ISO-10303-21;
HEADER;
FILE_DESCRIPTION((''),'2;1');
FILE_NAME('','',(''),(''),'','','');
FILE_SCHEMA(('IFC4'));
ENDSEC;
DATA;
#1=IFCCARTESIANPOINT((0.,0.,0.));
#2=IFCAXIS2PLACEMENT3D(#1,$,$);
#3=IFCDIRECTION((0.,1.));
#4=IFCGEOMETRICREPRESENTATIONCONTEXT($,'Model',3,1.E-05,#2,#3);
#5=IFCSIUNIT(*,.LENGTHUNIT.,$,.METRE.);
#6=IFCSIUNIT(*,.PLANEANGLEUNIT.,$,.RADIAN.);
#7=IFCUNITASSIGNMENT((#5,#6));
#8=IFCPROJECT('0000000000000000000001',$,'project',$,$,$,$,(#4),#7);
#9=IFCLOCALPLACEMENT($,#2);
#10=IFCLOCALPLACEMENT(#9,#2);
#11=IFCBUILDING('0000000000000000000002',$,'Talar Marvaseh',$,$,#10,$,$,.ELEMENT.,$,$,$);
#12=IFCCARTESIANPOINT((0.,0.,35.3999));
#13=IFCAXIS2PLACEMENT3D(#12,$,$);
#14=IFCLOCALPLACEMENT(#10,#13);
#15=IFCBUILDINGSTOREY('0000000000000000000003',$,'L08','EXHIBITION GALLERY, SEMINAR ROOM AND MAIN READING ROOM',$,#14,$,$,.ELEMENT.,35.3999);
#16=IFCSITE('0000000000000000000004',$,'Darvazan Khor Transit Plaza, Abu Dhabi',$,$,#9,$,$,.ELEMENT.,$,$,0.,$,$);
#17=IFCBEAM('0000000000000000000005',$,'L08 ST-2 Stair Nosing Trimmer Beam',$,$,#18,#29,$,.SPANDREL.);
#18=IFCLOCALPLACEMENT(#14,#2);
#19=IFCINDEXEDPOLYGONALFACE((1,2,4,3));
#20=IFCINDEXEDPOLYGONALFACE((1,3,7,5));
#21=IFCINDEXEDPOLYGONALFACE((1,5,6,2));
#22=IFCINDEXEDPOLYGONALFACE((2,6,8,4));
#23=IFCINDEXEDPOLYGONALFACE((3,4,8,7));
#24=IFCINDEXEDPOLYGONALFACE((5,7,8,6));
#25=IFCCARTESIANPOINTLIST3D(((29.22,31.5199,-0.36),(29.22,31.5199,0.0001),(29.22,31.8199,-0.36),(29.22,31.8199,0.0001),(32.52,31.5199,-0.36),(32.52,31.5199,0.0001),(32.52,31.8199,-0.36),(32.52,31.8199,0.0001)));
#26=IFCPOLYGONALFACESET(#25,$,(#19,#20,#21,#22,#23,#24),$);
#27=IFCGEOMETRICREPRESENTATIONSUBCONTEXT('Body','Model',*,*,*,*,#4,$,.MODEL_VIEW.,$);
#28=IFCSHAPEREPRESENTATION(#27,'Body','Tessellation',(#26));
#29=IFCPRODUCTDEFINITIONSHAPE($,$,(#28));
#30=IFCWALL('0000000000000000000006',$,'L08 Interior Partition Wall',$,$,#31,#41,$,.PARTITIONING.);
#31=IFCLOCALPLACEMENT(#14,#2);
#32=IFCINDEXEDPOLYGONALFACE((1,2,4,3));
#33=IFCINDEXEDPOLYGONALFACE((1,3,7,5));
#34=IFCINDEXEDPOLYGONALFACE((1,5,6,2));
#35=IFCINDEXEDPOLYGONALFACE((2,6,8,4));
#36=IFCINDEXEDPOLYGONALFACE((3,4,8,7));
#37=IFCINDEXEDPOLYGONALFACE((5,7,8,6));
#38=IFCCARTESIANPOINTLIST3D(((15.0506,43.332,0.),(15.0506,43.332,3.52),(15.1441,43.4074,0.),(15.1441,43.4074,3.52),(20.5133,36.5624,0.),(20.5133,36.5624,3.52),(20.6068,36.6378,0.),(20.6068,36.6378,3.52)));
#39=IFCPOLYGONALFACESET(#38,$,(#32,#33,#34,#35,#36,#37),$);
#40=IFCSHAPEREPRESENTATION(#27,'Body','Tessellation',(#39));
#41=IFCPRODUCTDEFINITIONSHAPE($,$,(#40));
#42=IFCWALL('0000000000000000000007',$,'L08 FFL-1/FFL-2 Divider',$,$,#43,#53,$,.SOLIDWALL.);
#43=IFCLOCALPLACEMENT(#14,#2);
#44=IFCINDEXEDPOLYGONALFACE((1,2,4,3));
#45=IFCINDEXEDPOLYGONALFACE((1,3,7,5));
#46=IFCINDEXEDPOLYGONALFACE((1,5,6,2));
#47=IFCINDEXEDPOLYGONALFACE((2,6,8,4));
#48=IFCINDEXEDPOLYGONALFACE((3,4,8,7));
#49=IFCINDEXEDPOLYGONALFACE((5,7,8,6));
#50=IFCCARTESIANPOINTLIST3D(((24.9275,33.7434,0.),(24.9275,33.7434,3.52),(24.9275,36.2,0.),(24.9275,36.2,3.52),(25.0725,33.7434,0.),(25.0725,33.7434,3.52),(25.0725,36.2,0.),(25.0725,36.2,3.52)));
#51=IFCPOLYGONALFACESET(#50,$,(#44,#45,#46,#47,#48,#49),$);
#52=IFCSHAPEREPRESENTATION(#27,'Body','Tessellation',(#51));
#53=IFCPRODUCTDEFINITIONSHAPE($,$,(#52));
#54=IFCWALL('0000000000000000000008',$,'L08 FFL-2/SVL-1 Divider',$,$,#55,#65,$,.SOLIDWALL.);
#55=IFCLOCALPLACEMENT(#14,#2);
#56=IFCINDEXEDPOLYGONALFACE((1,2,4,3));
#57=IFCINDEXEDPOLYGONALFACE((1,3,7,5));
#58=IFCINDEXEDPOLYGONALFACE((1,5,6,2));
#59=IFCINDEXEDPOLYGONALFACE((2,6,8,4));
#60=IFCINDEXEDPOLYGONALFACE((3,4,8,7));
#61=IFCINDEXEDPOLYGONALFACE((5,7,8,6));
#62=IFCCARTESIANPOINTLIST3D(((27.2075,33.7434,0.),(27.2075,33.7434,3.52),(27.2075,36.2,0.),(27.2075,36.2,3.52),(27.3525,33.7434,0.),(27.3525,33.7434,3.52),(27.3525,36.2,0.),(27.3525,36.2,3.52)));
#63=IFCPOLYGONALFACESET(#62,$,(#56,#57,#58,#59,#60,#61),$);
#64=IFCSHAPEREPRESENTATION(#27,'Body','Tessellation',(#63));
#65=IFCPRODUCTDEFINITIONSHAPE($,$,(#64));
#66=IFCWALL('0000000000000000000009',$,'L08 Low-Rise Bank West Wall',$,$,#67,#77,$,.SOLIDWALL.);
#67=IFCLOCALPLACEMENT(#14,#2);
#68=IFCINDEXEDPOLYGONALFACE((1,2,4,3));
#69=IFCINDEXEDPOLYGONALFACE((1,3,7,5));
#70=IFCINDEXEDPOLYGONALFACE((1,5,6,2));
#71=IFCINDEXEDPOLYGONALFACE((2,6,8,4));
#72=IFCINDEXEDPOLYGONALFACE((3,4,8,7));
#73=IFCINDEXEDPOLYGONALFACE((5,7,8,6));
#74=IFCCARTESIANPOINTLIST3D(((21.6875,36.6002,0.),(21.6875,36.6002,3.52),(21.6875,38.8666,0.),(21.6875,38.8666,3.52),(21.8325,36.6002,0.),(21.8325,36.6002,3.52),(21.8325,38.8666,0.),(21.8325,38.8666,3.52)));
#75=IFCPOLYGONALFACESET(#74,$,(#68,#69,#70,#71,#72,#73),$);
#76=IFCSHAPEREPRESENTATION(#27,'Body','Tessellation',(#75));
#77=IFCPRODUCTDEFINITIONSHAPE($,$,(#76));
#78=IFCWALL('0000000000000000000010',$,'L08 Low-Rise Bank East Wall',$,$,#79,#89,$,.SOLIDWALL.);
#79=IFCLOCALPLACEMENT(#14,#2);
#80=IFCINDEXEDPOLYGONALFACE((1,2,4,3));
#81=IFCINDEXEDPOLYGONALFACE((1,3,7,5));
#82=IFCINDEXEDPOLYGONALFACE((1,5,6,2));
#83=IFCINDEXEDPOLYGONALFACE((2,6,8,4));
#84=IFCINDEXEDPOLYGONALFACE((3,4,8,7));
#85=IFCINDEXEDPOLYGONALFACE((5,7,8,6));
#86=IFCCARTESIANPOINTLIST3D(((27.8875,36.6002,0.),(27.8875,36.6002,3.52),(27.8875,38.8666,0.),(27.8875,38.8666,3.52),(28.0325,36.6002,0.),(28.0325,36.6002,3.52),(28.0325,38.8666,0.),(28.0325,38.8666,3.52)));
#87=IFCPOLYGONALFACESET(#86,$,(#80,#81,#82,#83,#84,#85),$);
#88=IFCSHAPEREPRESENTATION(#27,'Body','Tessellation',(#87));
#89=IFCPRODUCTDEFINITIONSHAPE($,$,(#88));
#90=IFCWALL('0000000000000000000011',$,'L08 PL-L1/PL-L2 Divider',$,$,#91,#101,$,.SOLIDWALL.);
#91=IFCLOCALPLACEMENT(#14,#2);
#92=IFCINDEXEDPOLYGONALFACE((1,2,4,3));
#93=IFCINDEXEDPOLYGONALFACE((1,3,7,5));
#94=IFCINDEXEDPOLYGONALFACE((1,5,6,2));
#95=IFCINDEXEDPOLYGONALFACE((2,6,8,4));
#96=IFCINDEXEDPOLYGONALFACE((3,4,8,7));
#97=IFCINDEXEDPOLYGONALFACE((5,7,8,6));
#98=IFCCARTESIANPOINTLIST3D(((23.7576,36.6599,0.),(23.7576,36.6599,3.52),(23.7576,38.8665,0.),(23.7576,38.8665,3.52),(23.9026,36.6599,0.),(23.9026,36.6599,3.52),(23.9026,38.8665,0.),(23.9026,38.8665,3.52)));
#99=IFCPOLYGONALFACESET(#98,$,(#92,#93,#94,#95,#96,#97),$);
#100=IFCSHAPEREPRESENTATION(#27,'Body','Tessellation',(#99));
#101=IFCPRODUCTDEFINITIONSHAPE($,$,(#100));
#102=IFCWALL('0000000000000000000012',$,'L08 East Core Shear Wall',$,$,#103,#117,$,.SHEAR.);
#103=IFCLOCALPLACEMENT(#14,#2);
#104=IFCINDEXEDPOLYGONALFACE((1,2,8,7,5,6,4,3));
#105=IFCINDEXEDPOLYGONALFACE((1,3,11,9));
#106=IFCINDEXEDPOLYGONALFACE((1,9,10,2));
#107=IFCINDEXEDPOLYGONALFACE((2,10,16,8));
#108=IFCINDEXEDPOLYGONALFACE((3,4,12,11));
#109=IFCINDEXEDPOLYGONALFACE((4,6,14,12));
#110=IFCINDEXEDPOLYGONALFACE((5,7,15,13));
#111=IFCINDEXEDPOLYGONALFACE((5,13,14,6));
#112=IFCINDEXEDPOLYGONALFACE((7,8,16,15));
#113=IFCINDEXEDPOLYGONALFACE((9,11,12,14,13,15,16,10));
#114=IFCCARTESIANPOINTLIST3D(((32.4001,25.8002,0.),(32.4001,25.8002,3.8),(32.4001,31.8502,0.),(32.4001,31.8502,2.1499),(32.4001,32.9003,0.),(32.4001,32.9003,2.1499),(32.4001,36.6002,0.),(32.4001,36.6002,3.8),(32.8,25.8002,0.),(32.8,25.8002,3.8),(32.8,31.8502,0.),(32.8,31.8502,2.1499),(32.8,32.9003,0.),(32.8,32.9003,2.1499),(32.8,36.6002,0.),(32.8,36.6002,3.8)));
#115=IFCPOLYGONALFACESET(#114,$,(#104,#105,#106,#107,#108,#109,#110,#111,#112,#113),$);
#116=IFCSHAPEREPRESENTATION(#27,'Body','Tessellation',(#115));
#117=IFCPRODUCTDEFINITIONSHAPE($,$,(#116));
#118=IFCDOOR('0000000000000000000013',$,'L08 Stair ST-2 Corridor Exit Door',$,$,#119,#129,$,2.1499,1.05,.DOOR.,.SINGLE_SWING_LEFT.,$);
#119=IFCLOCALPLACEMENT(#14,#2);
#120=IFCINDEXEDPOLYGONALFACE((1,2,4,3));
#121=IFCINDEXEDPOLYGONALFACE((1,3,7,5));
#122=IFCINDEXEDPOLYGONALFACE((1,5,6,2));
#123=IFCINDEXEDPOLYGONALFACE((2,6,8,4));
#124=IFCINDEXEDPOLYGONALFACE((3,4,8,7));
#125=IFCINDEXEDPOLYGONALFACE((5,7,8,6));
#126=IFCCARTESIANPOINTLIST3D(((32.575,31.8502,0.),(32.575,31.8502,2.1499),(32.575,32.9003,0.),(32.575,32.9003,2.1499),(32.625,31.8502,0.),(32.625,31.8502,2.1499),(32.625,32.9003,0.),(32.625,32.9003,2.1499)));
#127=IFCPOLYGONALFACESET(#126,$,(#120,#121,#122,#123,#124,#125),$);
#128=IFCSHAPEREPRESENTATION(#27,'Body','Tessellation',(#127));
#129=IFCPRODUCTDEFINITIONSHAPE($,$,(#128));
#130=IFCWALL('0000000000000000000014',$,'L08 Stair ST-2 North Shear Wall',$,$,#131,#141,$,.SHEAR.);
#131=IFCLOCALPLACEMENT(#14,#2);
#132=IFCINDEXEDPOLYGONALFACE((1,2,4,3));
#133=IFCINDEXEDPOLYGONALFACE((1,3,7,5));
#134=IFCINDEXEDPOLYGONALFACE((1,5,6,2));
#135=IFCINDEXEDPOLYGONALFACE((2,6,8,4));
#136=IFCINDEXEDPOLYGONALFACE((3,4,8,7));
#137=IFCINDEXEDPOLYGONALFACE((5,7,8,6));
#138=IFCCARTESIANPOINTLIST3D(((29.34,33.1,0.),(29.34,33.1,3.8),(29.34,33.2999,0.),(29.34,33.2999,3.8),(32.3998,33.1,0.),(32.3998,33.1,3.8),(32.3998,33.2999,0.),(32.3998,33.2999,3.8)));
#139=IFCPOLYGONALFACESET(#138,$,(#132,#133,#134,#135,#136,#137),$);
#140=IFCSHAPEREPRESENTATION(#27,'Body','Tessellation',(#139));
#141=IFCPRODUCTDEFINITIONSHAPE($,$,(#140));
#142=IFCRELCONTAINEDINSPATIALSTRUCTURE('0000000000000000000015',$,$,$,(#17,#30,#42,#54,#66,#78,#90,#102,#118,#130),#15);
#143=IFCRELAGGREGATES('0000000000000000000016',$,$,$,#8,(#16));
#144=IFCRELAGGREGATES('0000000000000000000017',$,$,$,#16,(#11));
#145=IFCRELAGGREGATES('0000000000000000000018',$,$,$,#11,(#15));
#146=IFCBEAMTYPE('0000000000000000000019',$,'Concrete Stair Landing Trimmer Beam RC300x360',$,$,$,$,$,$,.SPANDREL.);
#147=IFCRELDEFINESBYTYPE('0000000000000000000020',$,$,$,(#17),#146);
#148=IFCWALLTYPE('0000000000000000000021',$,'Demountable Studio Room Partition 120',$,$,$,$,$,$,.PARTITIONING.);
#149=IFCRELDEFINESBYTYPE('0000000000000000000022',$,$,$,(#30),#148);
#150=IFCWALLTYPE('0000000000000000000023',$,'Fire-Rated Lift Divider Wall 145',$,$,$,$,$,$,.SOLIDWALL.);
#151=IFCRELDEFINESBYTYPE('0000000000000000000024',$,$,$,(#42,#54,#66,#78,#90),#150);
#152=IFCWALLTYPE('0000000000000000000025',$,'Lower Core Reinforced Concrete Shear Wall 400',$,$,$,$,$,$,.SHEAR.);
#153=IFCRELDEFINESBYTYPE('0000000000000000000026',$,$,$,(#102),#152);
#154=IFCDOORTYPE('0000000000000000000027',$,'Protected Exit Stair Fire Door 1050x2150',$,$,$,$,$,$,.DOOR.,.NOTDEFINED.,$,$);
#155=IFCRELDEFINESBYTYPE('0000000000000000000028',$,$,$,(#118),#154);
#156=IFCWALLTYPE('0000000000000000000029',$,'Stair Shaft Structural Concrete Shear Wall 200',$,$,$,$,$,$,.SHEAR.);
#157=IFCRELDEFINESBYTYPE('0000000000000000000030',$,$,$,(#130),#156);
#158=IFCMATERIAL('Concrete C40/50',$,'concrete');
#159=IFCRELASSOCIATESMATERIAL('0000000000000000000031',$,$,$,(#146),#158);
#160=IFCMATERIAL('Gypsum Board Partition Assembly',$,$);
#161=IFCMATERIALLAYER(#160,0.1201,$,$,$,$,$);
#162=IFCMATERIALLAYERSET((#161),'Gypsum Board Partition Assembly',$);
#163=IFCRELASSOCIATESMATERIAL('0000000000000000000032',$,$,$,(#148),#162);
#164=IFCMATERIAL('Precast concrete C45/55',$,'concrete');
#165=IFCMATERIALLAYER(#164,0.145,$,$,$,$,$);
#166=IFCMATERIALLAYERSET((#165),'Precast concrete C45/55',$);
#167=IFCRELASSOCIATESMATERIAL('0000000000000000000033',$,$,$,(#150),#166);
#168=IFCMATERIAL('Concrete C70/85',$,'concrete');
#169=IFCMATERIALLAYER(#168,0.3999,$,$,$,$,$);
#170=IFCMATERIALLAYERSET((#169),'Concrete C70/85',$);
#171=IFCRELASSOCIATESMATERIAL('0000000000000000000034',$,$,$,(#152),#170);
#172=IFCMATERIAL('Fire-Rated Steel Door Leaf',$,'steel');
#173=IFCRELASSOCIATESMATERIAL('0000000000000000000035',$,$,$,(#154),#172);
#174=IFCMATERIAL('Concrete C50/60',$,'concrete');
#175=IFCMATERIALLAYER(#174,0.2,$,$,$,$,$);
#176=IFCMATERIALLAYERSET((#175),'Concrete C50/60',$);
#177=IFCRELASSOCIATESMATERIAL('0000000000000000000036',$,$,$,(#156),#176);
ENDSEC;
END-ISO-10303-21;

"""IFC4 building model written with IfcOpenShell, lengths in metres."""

from ifc_helpers import new_model, si_unit, direction, frame, frame_2d, origin, origin_2d, place, context, subcontext, project, spatial, rectangle, extrude, source, transform, mapped, material, layer, layer_set, material_profile, profile_set, type_object, type_shapes, element, fill, save


model = new_model("IFC4")

# Units and contexts
model_context = context("Model", 3, precision=1e-05, world=origin(), true_north=direction((0.0, 1.0)))
body_context = subcontext(model_context, "Body", "Model", "MODEL_VIEW")
ifc_project = project(units=[si_unit("LENGTHUNIT", "METRE"), si_unit("PLANEANGLEUNIT", "RADIAN")], contexts=[model_context])

# Site, building, storey
site_placement = place(None, origin())
site = spatial("IfcSite", under=ifc_project, at=site_placement, Name="Darvazan Khor Transit Plaza, Abu Dhabi", CompositionType="ELEMENT", RefElevation=0.0)
building_placement = place(site_placement, origin())
building = spatial("IfcBuilding", under=site, at=building_placement, Name="Talar Marvaseh", CompositionType="ELEMENT")
storey_placement = place(building_placement, frame((0.0, 0.0, 35.3999)))
storey = spatial("IfcBuildingStorey", under=building, at=storey_placement, Name="L08", Description="EXHIBITION GALLERY, SEMINAR ROOM AND MAIN READING ROOM", CompositionType="ELEMENT", Elevation=35.3999)

# Beam
ifc_material_1 = material(Name="Concrete C40/50", Category="concrete")
ifc_material_profile = material_profile(ifc_material_1, rectangle(XDim=0.3, YDim=0.3601, at=origin_2d()), Name="RC300x360")
ifc_profile_set = profile_set([ifc_material_profile], Name="Concrete C40/50")
beam_type = type_object("IfcBeamType", Name="Concrete Stair Landing Trimmer Beam RC300x360", PredefinedType="SPANDREL", material=ifc_profile_set)
beam_placement = place(storey_placement, frame((29.22, 31.6699, -0.1799), z_axis=(1.0, 0.0, 0.0), x_axis=(0.0, 1.0, 0.0)))
element("IfcBeam", 1, at=beam_placement, inside=storey, type_object=beam_type, Name="L08 ST-2 Stair Nosing Trimmer Beam", PredefinedType="SPANDREL", context=body_context, shape_type="SweptSolid", body=[
    extrude(rectangle(XDim=0.3, YDim=0.3601, at=origin_2d()), origin(), (0.0, 0.0, 1.0), 3.3),
])

# Walls
ifc_material_2 = material(Name="Gypsum Board Partition Assembly")
ifc_layer_1 = layer(ifc_material_2, 0.1201)
ifc_layer_set_1 = layer_set([ifc_layer_1], Name="Gypsum Board Partition Assembly")
wall_type_1 = type_object("IfcWallType", Name="Demountable Studio Room Partition 120", PredefinedType="PARTITIONING", material=ifc_layer_set_1)
wall_1_placement = place(storey_placement, frame((20.5601, 36.6001, 0.0), z_axis=(0.0, 0.0, 1.0), x_axis=(-0.627986, 0.778225, 0.0)))
element("IfcWall", 2, at=wall_1_placement, inside=storey, type_object=wall_type_1, Name="L08 Interior Partition Wall", PredefinedType="PARTITIONING", context=body_context, shape_type="SweptSolid", body=[
    extrude(rectangle(XDim=8.6987, YDim=0.1201, at=frame_2d((4.3494, 0.0))), origin(), (0.0, 0.0, 1.0), 3.52),
])
ifc_material_3 = material(Name="Precast concrete C45/55", Category="concrete")
ifc_layer_2 = layer(ifc_material_3, 0.145)
ifc_layer_set_2 = layer_set([ifc_layer_2], Name="Precast concrete C45/55")
wall_type_2 = type_object("IfcWallType", Name="Fire-Rated Lift Divider Wall 145", PredefinedType="SOLIDWALL", material=ifc_layer_set_2)
for number, where, z_axis, x_axis, name in (
    (3, (25.0, 33.7434, 0.0), (0.0, 0.0, 1.0), (0.0, 1.0, 0.0), "L08 FFL-1/FFL-2 Divider"),
    (4, (27.28, 33.7434, 0.0), (0.0, 0.0, 1.0), (0.0, 1.0, 0.0), "L08 FFL-2/SVL-1 Divider"),
):
    element("IfcWall", number, at=place(storey_placement, frame(where, z_axis=z_axis, x_axis=x_axis)), inside=storey, type_object=wall_type_2, Name=name, PredefinedType="SOLIDWALL", context=body_context, shape_type="SweptSolid", body=[
        extrude(rectangle(XDim=2.4565, YDim=0.145, at=frame_2d((1.2283, 0.0))), origin(), (0.0, 0.0, 1.0), 3.52),
    ])
for number, where, z_axis, x_axis, name in (
    (5, (21.76, 36.6001, 0.0), (0.0, 0.0, 1.0), (0.0, 1.0, 0.0), "L08 Low-Rise Bank West Wall"),
    (6, (27.96, 36.6001, 0.0), (0.0, 0.0, 1.0), (0.0, 1.0, 0.0), "L08 Low-Rise Bank East Wall"),
):
    element("IfcWall", number, at=place(storey_placement, frame(where, z_axis=z_axis, x_axis=x_axis)), inside=storey, type_object=wall_type_2, Name=name, PredefinedType="SOLIDWALL", context=body_context, shape_type="SweptSolid", body=[
        extrude(rectangle(XDim=2.2664, YDim=0.145, at=frame_2d((1.1333, 0.0))), origin(), (0.0, 0.0, 1.0), 3.52),
    ])
wall_2_placement = place(storey_placement, frame((23.8301, 36.6599, 0.0), z_axis=(0.0, 0.0, 1.0), x_axis=(0.0, 1.0, 0.0)))
element("IfcWall", 7, at=wall_2_placement, inside=storey, type_object=wall_type_2, Name="L08 PL-L1/PL-L2 Divider", PredefinedType="SOLIDWALL", context=body_context, shape_type="SweptSolid", body=[
    extrude(rectangle(XDim=2.2065, YDim=0.145, at=frame_2d((1.1033, 0.0))), origin(), (0.0, 0.0, 1.0), 3.52),
])

# Wall, opening, door
ifc_material_4 = material(Name="Concrete C70/85", Category="concrete")
ifc_layer_3 = layer(ifc_material_4, 0.3999)
ifc_layer_set_3 = layer_set([ifc_layer_3], Name="Concrete C70/85")
wall_type_3 = type_object("IfcWallType", Name="Lower Core Reinforced Concrete Shear Wall 400", PredefinedType="SHEAR", material=ifc_layer_set_3)
wall_3_placement = place(storey_placement, frame((32.6001, 36.6001, 0.0), z_axis=(0.0, 0.0, 1.0), x_axis=(0.0, -1.0, 0.0)))
wall_3 = element("IfcWall", 8, at=wall_3_placement, inside=storey, type_object=wall_type_3, Name="L08 East Core Shear Wall", PredefinedType="SHEAR", context=body_context, shape_type="SweptSolid", body=[
    extrude(rectangle(XDim=10.8, YDim=0.3999, at=frame_2d((5.3999, 0.0))), origin(), (0.0, 0.0, 1.0), 3.8),
])
opening_1_placement = place(wall_3_placement, frame((3.7, 0.0, 0.0)))
opening_1 = element("IfcOpeningElement", 9, at=opening_1_placement, cuts=wall_3, PredefinedType="OPENING", context=body_context, shape_type="SweptSolid", body=[
    extrude(rectangle(XDim=1.05, YDim=2.1499, at=frame_2d((0.5249, 1.075))), frame((0.0, 0.21, 0.0), z_axis=(0.0, -1.0, 0.0), x_axis=(1.0, 0.0, 0.0)), (0.0, 0.0, 1.0), 0.4199),
])
ifc_material_5 = material(Name="Fire-Rated Steel Door Leaf", Category="steel")
door_type_1 = type_object("IfcDoorType", Name="Protected Exit Stair Fire Door 1050x2150", OperationType="NOTDEFINED", PredefinedType="DOOR", material=ifc_material_5)
shared_shape_1 = source(origin(), body_context, "Body", "SweptSolid", [
    extrude(rectangle(XDim=1.05, YDim=2.1499, at=frame_2d((0.5249, 1.075))), frame((0.0, 0.0249, 0.0), z_axis=(0.0, -1.0, 0.0), x_axis=(1.0, 0.0, 0.0)), (0.0, 0.0, 1.0), 0.05),
])
type_shapes(door_type_1, [shared_shape_1])
door_1_placement = place(opening_1_placement, origin())
door_1 = element("IfcDoor", 10, at=door_1_placement, inside=storey, type_object=door_type_1, Name="L08 Stair ST-2 Corridor Exit Door", OperationType="SINGLE_SWING_LEFT", OverallHeight=2.1499, OverallWidth=1.05, PredefinedType="DOOR", context=body_context, shape_type="MappedRepresentation", body=[
    mapped(shared_shape_1, transform((0.0, 0.0, 0.0), x_axis=(1.0, 0.0, 0.0), y_axis=(0.0, 1.0, 0.0), z_axis=(0.0, 0.0, 1.0), scale=1.0)),
])
fill(opening_1, door_1)

# Wall
ifc_material_6 = material(Name="Concrete C50/60", Category="concrete")
ifc_layer_4 = layer(ifc_material_6, 0.2)
ifc_layer_set_4 = layer_set([ifc_layer_4], Name="Concrete C50/60")
wall_type_4 = type_object("IfcWallType", Name="Stair Shaft Structural Concrete Shear Wall 200", PredefinedType="SHEAR", material=ifc_layer_set_4)
wall_4_placement = place(storey_placement, frame((29.3401, 33.2, 0.0), z_axis=(0.0, 0.0, 1.0), x_axis=(1.0, 0.0, 0.0)))
element("IfcWall", 11, at=wall_4_placement, inside=storey, type_object=wall_type_4, Name="L08 Stair ST-2 North Shear Wall", PredefinedType="SHEAR", context=body_context, shape_type="SweptSolid", body=[
    extrude(rectangle(XDim=3.0598, YDim=0.2, at=frame_2d((1.5298, 0.0))), origin(), (0.0, 0.0, 1.0), 3.8),
])

save(model, "model.ifc")
